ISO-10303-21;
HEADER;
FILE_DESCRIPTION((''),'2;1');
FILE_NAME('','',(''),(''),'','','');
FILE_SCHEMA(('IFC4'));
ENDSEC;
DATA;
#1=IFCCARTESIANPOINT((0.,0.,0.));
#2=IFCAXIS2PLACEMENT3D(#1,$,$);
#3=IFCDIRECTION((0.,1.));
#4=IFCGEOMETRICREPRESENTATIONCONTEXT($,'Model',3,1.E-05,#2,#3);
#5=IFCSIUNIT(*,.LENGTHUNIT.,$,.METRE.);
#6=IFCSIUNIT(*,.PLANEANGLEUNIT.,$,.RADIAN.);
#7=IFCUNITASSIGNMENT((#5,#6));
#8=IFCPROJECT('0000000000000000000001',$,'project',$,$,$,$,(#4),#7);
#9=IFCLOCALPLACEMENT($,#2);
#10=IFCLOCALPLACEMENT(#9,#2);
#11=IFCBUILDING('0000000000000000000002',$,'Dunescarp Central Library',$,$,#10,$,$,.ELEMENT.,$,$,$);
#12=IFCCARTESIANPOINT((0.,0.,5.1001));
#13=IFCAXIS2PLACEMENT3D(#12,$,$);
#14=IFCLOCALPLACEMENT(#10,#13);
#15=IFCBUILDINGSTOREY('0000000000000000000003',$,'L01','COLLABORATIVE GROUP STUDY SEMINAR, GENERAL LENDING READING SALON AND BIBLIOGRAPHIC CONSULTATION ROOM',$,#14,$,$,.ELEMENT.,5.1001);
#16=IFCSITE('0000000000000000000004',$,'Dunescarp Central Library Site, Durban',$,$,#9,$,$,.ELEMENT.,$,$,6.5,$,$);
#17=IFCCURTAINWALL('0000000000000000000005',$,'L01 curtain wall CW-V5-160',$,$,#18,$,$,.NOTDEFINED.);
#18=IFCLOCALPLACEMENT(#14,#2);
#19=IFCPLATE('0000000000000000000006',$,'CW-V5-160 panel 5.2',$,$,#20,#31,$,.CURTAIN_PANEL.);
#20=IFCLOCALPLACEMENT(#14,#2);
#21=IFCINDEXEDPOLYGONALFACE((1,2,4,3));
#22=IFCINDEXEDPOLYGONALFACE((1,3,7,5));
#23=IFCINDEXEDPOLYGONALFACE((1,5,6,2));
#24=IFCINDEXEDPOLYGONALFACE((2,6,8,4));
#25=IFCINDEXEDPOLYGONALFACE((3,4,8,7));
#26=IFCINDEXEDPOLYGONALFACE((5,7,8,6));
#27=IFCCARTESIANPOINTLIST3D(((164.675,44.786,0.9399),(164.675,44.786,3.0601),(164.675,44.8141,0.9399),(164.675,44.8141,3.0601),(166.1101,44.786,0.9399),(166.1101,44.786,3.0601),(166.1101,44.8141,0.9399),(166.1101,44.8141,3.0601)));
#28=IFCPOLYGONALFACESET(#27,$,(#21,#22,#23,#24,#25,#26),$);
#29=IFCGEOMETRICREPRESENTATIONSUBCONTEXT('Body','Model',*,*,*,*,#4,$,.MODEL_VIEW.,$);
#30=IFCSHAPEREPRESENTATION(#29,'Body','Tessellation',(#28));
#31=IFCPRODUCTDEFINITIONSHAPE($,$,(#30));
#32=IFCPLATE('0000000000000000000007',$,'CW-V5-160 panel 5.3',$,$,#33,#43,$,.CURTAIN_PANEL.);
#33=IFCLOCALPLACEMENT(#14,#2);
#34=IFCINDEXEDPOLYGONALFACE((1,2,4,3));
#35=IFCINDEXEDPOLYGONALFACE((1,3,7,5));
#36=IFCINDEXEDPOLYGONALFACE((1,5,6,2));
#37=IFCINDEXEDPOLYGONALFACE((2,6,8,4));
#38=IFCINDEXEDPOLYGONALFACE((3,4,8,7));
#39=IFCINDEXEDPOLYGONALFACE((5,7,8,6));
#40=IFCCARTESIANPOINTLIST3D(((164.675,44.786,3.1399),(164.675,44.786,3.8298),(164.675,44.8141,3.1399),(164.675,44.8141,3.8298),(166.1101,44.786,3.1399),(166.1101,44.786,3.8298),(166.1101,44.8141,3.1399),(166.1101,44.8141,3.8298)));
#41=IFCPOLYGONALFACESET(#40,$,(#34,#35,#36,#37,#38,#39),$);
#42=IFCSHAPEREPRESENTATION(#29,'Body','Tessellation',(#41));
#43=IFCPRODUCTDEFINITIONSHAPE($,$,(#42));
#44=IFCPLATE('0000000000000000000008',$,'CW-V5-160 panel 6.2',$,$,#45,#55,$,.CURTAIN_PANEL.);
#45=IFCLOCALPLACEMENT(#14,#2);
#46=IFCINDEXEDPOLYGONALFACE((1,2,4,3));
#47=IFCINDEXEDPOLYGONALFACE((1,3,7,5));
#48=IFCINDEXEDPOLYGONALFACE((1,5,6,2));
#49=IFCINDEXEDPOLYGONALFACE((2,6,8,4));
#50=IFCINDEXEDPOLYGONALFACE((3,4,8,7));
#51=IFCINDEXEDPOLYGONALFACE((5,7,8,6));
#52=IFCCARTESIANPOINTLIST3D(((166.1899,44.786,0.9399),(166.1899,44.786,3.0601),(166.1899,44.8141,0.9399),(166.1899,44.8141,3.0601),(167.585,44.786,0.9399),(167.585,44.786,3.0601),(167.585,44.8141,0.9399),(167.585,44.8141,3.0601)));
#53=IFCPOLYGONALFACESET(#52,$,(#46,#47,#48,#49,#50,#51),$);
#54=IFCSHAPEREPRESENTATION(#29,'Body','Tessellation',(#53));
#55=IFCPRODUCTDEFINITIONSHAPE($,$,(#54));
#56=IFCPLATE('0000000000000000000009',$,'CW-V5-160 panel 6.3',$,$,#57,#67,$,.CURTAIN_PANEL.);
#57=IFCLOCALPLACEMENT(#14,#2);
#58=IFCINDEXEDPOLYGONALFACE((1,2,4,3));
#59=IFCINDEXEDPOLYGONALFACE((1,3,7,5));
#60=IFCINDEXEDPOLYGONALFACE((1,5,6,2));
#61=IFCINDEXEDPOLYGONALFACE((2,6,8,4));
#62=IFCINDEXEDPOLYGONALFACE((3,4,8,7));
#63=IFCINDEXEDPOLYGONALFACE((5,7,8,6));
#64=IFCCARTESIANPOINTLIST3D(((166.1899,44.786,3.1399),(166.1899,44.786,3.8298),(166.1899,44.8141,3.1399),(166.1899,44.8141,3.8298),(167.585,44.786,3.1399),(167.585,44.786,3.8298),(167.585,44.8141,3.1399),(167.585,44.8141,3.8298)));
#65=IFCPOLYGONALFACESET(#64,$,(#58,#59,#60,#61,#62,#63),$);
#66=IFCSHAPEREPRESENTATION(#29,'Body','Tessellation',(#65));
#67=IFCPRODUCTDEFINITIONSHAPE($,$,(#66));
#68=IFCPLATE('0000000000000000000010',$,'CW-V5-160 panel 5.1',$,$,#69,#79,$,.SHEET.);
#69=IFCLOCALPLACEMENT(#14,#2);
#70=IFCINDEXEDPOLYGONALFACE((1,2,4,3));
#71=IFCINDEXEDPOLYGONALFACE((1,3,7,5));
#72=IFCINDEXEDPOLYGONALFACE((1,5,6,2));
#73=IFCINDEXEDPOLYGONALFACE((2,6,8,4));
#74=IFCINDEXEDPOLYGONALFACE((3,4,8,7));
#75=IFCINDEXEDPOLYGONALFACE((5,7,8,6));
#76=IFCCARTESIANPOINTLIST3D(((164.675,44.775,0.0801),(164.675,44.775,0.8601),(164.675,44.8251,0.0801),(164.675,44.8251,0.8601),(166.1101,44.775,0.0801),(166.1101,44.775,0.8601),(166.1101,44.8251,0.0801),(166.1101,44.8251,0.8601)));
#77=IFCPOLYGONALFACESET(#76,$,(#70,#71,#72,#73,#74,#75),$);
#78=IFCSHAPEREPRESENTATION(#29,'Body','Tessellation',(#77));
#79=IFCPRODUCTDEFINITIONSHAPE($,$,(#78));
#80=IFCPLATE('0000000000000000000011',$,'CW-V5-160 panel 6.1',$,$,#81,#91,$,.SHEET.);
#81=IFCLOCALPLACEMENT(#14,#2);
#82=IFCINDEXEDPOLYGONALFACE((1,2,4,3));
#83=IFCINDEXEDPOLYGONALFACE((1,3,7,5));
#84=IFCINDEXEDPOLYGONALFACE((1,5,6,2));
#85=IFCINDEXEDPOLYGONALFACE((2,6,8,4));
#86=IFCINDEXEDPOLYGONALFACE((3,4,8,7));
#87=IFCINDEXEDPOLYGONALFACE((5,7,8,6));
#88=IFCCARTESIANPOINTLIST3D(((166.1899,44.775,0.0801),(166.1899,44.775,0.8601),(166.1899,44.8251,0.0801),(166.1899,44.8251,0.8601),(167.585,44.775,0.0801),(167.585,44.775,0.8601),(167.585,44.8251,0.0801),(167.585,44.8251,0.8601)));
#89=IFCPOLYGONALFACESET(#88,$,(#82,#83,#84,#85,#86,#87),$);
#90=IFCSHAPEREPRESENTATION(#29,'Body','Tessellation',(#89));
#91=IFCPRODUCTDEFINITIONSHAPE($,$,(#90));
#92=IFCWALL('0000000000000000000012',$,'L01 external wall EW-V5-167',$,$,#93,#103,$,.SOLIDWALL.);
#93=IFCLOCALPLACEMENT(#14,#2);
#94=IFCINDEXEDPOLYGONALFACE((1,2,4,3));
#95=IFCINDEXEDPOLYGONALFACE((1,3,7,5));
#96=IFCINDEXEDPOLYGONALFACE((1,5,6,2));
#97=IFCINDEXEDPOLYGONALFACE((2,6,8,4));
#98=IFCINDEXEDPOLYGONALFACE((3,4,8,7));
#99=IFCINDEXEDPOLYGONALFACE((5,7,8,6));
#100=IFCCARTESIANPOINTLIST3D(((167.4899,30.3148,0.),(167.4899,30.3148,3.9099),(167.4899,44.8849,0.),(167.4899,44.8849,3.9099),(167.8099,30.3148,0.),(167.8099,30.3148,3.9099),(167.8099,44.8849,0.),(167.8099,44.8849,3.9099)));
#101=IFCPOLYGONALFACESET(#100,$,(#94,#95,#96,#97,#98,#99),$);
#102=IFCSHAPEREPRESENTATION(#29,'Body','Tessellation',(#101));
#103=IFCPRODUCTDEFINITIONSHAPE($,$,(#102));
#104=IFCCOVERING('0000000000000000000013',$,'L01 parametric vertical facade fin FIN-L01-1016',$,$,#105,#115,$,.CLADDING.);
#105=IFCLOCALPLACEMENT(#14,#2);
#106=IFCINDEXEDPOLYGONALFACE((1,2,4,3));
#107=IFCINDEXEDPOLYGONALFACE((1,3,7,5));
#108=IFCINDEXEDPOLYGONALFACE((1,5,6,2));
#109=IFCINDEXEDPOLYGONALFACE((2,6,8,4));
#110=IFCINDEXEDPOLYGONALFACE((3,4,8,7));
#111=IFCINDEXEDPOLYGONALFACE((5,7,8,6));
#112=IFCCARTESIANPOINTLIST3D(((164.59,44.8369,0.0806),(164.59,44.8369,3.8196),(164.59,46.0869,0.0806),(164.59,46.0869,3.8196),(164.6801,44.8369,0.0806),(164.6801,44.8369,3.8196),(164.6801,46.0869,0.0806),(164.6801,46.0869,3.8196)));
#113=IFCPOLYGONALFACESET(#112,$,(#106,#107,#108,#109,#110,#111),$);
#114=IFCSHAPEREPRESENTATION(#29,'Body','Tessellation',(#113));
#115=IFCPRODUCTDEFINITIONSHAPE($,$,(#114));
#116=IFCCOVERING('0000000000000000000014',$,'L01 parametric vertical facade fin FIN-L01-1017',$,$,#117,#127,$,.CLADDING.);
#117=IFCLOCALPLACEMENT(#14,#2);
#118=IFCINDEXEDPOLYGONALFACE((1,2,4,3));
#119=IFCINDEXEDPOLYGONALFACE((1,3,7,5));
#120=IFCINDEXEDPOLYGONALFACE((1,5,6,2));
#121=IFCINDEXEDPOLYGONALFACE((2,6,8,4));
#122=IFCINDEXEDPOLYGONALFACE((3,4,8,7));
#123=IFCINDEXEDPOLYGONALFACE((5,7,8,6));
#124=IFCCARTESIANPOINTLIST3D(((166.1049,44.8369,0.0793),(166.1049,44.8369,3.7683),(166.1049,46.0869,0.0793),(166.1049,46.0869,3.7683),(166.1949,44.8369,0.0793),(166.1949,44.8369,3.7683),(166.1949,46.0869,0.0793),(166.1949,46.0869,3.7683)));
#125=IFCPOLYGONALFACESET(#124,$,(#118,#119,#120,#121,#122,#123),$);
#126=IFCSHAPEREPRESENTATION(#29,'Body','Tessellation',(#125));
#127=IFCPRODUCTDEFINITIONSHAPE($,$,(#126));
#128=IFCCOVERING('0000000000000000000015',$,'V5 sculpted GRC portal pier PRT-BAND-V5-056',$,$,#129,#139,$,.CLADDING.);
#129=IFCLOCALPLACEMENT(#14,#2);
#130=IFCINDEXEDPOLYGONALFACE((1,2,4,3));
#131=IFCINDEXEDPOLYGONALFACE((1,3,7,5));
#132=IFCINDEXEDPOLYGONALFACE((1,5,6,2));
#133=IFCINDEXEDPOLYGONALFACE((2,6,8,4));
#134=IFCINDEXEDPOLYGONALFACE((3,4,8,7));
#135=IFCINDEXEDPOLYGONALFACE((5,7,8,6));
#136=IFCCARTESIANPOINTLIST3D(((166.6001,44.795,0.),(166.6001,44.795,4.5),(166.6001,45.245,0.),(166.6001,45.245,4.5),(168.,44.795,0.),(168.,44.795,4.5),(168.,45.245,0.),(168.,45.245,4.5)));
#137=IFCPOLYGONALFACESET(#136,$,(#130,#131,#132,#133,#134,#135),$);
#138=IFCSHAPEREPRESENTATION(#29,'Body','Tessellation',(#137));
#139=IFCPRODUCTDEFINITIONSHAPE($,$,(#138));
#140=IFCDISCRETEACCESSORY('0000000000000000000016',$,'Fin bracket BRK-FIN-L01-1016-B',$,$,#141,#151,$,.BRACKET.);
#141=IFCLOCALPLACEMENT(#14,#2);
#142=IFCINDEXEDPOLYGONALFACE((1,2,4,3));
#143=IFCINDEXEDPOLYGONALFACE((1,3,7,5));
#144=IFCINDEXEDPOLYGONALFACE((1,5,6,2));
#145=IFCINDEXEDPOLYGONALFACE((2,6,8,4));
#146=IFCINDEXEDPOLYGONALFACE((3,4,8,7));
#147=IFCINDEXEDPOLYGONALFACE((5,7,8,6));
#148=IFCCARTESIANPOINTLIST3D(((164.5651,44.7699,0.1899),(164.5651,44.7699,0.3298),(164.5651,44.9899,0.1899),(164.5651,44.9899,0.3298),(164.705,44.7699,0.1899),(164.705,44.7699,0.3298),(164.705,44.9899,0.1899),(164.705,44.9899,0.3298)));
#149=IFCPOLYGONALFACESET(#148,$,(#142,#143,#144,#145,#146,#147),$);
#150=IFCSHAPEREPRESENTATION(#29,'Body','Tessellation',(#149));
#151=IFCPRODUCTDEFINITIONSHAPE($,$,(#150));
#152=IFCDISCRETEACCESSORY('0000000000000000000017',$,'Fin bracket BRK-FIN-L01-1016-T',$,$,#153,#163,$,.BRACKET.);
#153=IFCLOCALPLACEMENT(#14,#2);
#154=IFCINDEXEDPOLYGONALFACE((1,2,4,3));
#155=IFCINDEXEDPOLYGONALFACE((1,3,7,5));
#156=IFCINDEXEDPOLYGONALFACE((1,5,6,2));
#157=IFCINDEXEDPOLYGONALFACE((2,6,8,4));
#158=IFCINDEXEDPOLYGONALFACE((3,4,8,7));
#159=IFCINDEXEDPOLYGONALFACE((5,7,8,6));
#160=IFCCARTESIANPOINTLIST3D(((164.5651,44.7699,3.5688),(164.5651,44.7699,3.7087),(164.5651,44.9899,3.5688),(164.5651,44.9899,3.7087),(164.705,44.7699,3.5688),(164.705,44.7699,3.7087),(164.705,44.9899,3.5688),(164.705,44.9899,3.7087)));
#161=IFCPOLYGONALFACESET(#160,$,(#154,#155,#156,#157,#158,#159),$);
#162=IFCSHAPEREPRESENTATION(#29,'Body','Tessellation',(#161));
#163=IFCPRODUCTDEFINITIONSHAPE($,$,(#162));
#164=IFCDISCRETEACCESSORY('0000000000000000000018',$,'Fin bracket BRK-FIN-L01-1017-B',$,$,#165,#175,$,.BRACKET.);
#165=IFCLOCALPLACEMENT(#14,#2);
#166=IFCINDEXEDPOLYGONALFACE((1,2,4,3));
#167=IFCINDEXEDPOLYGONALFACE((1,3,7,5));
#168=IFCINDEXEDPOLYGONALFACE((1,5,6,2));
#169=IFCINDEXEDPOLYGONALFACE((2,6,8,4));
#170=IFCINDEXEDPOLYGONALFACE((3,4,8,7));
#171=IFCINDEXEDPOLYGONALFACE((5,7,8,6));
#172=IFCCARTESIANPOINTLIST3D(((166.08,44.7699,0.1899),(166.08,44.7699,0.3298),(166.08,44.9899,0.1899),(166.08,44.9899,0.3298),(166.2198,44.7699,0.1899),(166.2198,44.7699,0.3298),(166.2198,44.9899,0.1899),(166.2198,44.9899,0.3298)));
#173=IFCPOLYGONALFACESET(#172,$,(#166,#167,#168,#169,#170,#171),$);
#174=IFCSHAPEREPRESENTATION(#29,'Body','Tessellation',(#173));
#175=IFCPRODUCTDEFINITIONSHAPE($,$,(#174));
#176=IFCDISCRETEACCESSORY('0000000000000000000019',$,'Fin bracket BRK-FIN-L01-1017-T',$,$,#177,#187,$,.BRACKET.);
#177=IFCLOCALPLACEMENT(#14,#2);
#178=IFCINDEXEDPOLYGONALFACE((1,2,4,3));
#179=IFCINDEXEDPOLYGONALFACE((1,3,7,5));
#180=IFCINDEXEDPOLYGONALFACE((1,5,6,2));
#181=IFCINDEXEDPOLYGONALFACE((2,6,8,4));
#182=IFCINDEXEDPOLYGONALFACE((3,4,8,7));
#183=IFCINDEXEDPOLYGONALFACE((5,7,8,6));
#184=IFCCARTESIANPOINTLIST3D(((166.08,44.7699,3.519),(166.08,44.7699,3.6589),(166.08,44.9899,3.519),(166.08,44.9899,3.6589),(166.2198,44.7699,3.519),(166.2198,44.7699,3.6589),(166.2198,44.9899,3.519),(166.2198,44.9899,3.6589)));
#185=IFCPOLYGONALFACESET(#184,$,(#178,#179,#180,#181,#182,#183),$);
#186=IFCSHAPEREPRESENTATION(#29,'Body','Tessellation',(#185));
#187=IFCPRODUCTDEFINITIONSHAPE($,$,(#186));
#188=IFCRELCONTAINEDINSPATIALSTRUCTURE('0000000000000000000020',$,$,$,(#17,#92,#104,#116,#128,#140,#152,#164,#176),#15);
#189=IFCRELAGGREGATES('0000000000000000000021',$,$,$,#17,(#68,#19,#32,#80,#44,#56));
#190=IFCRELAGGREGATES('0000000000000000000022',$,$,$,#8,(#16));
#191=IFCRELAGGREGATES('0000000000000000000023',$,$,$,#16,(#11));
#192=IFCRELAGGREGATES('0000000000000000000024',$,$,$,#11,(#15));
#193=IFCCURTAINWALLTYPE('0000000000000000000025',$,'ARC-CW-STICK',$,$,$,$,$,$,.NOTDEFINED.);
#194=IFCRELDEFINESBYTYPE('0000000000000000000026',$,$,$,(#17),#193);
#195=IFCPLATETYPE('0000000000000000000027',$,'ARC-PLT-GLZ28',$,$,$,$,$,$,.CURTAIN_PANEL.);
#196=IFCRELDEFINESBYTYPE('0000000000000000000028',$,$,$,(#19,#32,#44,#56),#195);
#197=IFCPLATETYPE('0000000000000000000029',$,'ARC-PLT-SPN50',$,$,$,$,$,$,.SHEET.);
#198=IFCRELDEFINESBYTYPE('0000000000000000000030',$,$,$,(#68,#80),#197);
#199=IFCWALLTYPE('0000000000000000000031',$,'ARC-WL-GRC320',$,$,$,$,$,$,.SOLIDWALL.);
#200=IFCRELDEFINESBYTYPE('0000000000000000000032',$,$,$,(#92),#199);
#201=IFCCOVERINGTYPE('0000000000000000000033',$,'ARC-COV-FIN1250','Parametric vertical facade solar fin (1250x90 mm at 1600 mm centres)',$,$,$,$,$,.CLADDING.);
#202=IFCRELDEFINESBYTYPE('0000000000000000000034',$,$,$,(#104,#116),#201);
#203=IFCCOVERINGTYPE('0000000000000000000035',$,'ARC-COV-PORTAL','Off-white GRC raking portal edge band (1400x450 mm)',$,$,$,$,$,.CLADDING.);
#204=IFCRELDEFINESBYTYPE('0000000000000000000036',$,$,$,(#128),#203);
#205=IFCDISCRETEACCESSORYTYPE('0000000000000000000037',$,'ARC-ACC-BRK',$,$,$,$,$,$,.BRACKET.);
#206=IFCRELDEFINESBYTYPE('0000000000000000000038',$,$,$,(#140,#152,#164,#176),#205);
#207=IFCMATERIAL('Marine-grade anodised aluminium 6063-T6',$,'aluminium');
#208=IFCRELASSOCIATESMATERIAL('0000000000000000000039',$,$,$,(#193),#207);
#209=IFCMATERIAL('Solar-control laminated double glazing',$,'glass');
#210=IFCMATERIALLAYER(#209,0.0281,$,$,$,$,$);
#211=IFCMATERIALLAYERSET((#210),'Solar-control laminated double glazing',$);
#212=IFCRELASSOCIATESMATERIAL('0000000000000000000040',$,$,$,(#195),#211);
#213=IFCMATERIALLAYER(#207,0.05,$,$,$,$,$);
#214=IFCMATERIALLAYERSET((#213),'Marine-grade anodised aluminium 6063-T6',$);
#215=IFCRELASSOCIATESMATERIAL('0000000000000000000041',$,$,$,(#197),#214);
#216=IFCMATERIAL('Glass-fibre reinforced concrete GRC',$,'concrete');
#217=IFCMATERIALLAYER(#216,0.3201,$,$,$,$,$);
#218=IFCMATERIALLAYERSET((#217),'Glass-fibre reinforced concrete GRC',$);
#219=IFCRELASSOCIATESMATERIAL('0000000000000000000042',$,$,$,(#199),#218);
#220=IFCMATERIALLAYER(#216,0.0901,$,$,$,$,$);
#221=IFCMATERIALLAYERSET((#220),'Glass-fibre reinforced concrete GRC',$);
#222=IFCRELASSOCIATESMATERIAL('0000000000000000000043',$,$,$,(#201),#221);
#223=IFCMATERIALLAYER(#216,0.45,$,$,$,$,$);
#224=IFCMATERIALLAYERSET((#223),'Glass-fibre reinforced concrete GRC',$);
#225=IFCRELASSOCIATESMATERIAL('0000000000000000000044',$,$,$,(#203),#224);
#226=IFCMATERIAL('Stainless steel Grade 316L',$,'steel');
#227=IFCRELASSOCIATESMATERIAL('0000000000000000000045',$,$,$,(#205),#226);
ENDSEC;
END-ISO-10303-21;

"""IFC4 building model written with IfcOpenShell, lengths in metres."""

from ifc_helpers import new_model, si_unit, direction, frame, frame_2d, origin, origin_2d, place, context, subcontext, project, spatial, rectangle, extrude, material, layer, layer_set, type_object, element, aggregate, save


model = new_model("IFC4")

# Units and contexts
model_context = context("Model", 3, precision=1e-05, world=origin(), true_north=direction((0.0, 1.0)))
body_context = subcontext(model_context, "Body", "Model", "MODEL_VIEW")
ifc_project = project(units=[si_unit("LENGTHUNIT", "METRE"), si_unit("PLANEANGLEUNIT", "RADIAN")], contexts=[model_context])

# Site, building, storey
site_placement = place(None, origin())
site = spatial("IfcSite", under=ifc_project, at=site_placement, Name="Dunescarp Central Library Site, Durban", CompositionType="ELEMENT", RefElevation=6.5)
building_placement = place(site_placement, origin())
building = spatial("IfcBuilding", under=site, at=building_placement, Name="Dunescarp Central Library", CompositionType="ELEMENT")
storey_placement = place(building_placement, frame((0.0, 0.0, 5.1001)))
storey = spatial("IfcBuildingStorey", under=building, at=storey_placement, Name="L01", Description="COLLABORATIVE GROUP STUDY SEMINAR, GENERAL LENDING READING SALON AND BIBLIOGRAPHIC CONSULTATION ROOM", CompositionType="ELEMENT", Elevation=5.1001)

# Curtain wall, plates
ifc_material_1 = material(Name="Marine-grade anodised aluminium 6063-T6", Category="aluminium")
curtain_wall_type = type_object("IfcCurtainWallType", Name="ARC-CW-STICK", PredefinedType="NOTDEFINED", material=ifc_material_1)
curtain_wall_placement = place(storey_placement, origin())
curtain_wall = element("IfcCurtainWall", 1, at=curtain_wall_placement, inside=storey, type_object=curtain_wall_type, Name="L01 curtain wall CW-V5-160", PredefinedType="NOTDEFINED")
ifc_material_2 = material(Name="Solar-control laminated double glazing", Category="glass")
ifc_layer_1 = layer(ifc_material_2, 0.0281)
ifc_layer_set_1 = layer_set([ifc_layer_1], Name="Solar-control laminated double glazing")
plate_type_1 = type_object("IfcPlateType", Name="ARC-PLT-GLZ28", PredefinedType="CURTAIN_PANEL", material=ifc_layer_set_1)
plate_1_placement = place(storey_placement, frame((165.3926, 44.8, 0.9399), z_axis=(0.0, 0.0, 1.0), x_axis=(1.0, 0.0, 0.0)))
plate_1 = element("IfcPlate", 2, at=plate_1_placement, type_object=plate_type_1, Name="CW-V5-160 panel 5.2", PredefinedType="CURTAIN_PANEL", context=body_context, shape_type="SweptSolid", body=[
    extrude(rectangle(XDim=1.4351, YDim=0.0281, at=origin_2d()), origin(), (0.0, 0.0, 1.0), 2.1201),
])
plate_2_placement = place(storey_placement, frame((165.3926, 44.8, 3.1399), z_axis=(0.0, 0.0, 1.0), x_axis=(1.0, 0.0, 0.0)))
plate_2 = element("IfcPlate", 3, at=plate_2_placement, type_object=plate_type_1, Name="CW-V5-160 panel 5.3", PredefinedType="CURTAIN_PANEL", context=body_context, shape_type="SweptSolid", body=[
    extrude(rectangle(XDim=1.4351, YDim=0.0281, at=origin_2d()), origin(), (0.0, 0.0, 1.0), 0.6899),
])
plate_3_placement = place(storey_placement, frame((166.8875, 44.8, 0.9399), z_axis=(0.0, 0.0, 1.0), x_axis=(1.0, 0.0, 0.0)))
plate_3 = element("IfcPlate", 4, at=plate_3_placement, type_object=plate_type_1, Name="CW-V5-160 panel 6.2", PredefinedType="CURTAIN_PANEL", context=body_context, shape_type="SweptSolid", body=[
    extrude(rectangle(XDim=1.395, YDim=0.0281, at=origin_2d()), origin(), (0.0, 0.0, 1.0), 2.1201),
])
plate_4_placement = place(storey_placement, frame((166.8875, 44.8, 3.1399), z_axis=(0.0, 0.0, 1.0), x_axis=(1.0, 0.0, 0.0)))
plate_4 = element("IfcPlate", 5, at=plate_4_placement, type_object=plate_type_1, Name="CW-V5-160 panel 6.3", PredefinedType="CURTAIN_PANEL", context=body_context, shape_type="SweptSolid", body=[
    extrude(rectangle(XDim=1.395, YDim=0.0281, at=origin_2d()), origin(), (0.0, 0.0, 1.0), 0.6899),
])
ifc_layer_2 = layer(ifc_material_1, 0.05)
ifc_layer_set_2 = layer_set([ifc_layer_2], Name="Marine-grade anodised aluminium 6063-T6")
plate_type_2 = type_object("IfcPlateType", Name="ARC-PLT-SPN50", PredefinedType="SHEET", material=ifc_layer_set_2)
plate_5_placement = place(storey_placement, frame((165.3926, 44.8, 0.0801), z_axis=(0.0, 0.0, 1.0), x_axis=(1.0, 0.0, 0.0)))
plate_5 = element("IfcPlate", 6, at=plate_5_placement, type_object=plate_type_2, Name="CW-V5-160 panel 5.1", PredefinedType="SHEET", context=body_context, shape_type="SweptSolid", body=[
    extrude(rectangle(XDim=1.4351, YDim=0.05, at=origin_2d()), origin(), (0.0, 0.0, 1.0), 0.78),
])
plate_6_placement = place(storey_placement, frame((166.8875, 44.8, 0.0801), z_axis=(0.0, 0.0, 1.0), x_axis=(1.0, 0.0, 0.0)))
plate_6 = element("IfcPlate", 7, at=plate_6_placement, type_object=plate_type_2, Name="CW-V5-160 panel 6.1", PredefinedType="SHEET", context=body_context, shape_type="SweptSolid", body=[
    extrude(rectangle(XDim=1.395, YDim=0.05, at=origin_2d()), origin(), (0.0, 0.0, 1.0), 0.78),
])
aggregate(curtain_wall, [plate_5, plate_1, plate_2, plate_6, plate_3, plate_4])

# Wall
ifc_material_3 = material(Name="Glass-fibre reinforced concrete GRC", Category="concrete")
ifc_layer_3 = layer(ifc_material_3, 0.3201)
ifc_layer_set_3 = layer_set([ifc_layer_3], Name="Glass-fibre reinforced concrete GRC")
wall_type = type_object("IfcWallType", Name="ARC-WL-GRC320", PredefinedType="SOLIDWALL", material=ifc_layer_set_3)
wall_placement = place(storey_placement, frame((167.6499, 44.885, 0.0), z_axis=(0.0, 0.0, 1.0), x_axis=(0.0, -1.0, 0.0)))
element("IfcWall", 8, at=wall_placement, inside=storey, type_object=wall_type, Name="L01 external wall EW-V5-167", PredefinedType="SOLIDWALL", context=body_context, shape_type="SweptSolid", body=[
    extrude(rectangle(XDim=14.5701, YDim=0.3201, at=frame_2d((7.2852, 0.0))), origin(), (0.0, 0.0, 1.0), 3.9099),
])

# Coverings
ifc_layer_4 = layer(ifc_material_3, 0.0901)
ifc_layer_set_4 = layer_set([ifc_layer_4], Name="Glass-fibre reinforced concrete GRC")
covering_type_1 = type_object("IfcCoveringType", Name="ARC-COV-FIN1250", Description="Parametric vertical facade solar fin (1250x90 mm at 1600 mm centres)", PredefinedType="CLADDING", material=ifc_layer_set_4)
covering_1_placement = place(storey_placement, frame((164.635, 45.4619, 0.0806), z_axis=(0.0, 0.0, 1.0), x_axis=(0.0, 1.0, 0.0)))
element("IfcCovering", 9, at=covering_1_placement, inside=storey, type_object=covering_type_1, Name="L01 parametric vertical facade fin FIN-L01-1016", PredefinedType="CLADDING", context=body_context, shape_type="SweptSolid", body=[
    extrude(rectangle(XDim=1.25, YDim=0.0901, at=origin_2d()), origin(), (0.0, 0.0, 1.0), 3.739),
])
covering_2_placement = place(storey_placement, frame((166.1499, 45.4619, 0.0793), z_axis=(0.0, 0.0, 1.0), x_axis=(0.0, 1.0, 0.0)))
element("IfcCovering", 10, at=covering_2_placement, inside=storey, type_object=covering_type_1, Name="L01 parametric vertical facade fin FIN-L01-1017", PredefinedType="CLADDING", context=body_context, shape_type="SweptSolid", body=[
    extrude(rectangle(XDim=1.25, YDim=0.0901, at=origin_2d()), origin(), (0.0, 0.0, 1.0), 3.689),
])
ifc_layer_5 = layer(ifc_material_3, 0.45)
ifc_layer_set_5 = layer_set([ifc_layer_5], Name="Glass-fibre reinforced concrete GRC")
covering_type_2 = type_object("IfcCoveringType", Name="ARC-COV-PORTAL", Description="Off-white GRC raking portal edge band (1400x450 mm)", PredefinedType="CLADDING", material=ifc_layer_set_5)
covering_3_placement = place(storey_placement, frame((167.3, 45.02, 0.0), z_axis=(0.0, 0.0, 1.0), x_axis=(1.0, 0.0, 0.0)))
element("IfcCovering", 11, at=covering_3_placement, inside=storey, type_object=covering_type_2, Name="V5 sculpted GRC portal pier PRT-BAND-V5-056", PredefinedType="CLADDING", context=body_context, shape_type="SweptSolid", body=[
    extrude(rectangle(XDim=1.3999, YDim=0.45, at=origin_2d()), origin(), (0.0, 0.0, 1.0), 4.5),
])

# Discrete accessories
ifc_material_4 = material(Name="Stainless steel Grade 316L", Category="steel")
discrete_accessory_type = type_object("IfcDiscreteAccessoryType", Name="ARC-ACC-BRK", PredefinedType="BRACKET", material=ifc_material_4)
for number, where, z_axis, x_axis, name in (
    (12, (164.635, 44.8799, 0.1899), (0.0, 0.0, 1.0), (0.0, 1.0, 0.0), "Fin bracket BRK-FIN-L01-1016-B"),
    (13, (164.635, 44.8799, 3.5688), (0.0, 0.0, 1.0), (0.0, 1.0, 0.0), "Fin bracket BRK-FIN-L01-1016-T"),
    (14, (166.1499, 44.8799, 0.1899), (0.0, 0.0, 1.0), (0.0, 1.0, 0.0), "Fin bracket BRK-FIN-L01-1017-B"),
    (15, (166.1499, 44.8799, 3.519), (0.0, 0.0, 1.0), (0.0, 1.0, 0.0), "Fin bracket BRK-FIN-L01-1017-T"),
):
    element("IfcDiscreteAccessory", number, at=place(storey_placement, frame(where, z_axis=z_axis, x_axis=x_axis)), inside=storey, type_object=discrete_accessory_type, Name=name, PredefinedType="BRACKET", context=body_context, shape_type="SweptSolid", body=[
        extrude(rectangle(XDim=0.22, YDim=0.1399, at=origin_2d()), origin(), (0.0, 0.0, 1.0), 0.1399),
    ])

save(model, "model.ifc")
